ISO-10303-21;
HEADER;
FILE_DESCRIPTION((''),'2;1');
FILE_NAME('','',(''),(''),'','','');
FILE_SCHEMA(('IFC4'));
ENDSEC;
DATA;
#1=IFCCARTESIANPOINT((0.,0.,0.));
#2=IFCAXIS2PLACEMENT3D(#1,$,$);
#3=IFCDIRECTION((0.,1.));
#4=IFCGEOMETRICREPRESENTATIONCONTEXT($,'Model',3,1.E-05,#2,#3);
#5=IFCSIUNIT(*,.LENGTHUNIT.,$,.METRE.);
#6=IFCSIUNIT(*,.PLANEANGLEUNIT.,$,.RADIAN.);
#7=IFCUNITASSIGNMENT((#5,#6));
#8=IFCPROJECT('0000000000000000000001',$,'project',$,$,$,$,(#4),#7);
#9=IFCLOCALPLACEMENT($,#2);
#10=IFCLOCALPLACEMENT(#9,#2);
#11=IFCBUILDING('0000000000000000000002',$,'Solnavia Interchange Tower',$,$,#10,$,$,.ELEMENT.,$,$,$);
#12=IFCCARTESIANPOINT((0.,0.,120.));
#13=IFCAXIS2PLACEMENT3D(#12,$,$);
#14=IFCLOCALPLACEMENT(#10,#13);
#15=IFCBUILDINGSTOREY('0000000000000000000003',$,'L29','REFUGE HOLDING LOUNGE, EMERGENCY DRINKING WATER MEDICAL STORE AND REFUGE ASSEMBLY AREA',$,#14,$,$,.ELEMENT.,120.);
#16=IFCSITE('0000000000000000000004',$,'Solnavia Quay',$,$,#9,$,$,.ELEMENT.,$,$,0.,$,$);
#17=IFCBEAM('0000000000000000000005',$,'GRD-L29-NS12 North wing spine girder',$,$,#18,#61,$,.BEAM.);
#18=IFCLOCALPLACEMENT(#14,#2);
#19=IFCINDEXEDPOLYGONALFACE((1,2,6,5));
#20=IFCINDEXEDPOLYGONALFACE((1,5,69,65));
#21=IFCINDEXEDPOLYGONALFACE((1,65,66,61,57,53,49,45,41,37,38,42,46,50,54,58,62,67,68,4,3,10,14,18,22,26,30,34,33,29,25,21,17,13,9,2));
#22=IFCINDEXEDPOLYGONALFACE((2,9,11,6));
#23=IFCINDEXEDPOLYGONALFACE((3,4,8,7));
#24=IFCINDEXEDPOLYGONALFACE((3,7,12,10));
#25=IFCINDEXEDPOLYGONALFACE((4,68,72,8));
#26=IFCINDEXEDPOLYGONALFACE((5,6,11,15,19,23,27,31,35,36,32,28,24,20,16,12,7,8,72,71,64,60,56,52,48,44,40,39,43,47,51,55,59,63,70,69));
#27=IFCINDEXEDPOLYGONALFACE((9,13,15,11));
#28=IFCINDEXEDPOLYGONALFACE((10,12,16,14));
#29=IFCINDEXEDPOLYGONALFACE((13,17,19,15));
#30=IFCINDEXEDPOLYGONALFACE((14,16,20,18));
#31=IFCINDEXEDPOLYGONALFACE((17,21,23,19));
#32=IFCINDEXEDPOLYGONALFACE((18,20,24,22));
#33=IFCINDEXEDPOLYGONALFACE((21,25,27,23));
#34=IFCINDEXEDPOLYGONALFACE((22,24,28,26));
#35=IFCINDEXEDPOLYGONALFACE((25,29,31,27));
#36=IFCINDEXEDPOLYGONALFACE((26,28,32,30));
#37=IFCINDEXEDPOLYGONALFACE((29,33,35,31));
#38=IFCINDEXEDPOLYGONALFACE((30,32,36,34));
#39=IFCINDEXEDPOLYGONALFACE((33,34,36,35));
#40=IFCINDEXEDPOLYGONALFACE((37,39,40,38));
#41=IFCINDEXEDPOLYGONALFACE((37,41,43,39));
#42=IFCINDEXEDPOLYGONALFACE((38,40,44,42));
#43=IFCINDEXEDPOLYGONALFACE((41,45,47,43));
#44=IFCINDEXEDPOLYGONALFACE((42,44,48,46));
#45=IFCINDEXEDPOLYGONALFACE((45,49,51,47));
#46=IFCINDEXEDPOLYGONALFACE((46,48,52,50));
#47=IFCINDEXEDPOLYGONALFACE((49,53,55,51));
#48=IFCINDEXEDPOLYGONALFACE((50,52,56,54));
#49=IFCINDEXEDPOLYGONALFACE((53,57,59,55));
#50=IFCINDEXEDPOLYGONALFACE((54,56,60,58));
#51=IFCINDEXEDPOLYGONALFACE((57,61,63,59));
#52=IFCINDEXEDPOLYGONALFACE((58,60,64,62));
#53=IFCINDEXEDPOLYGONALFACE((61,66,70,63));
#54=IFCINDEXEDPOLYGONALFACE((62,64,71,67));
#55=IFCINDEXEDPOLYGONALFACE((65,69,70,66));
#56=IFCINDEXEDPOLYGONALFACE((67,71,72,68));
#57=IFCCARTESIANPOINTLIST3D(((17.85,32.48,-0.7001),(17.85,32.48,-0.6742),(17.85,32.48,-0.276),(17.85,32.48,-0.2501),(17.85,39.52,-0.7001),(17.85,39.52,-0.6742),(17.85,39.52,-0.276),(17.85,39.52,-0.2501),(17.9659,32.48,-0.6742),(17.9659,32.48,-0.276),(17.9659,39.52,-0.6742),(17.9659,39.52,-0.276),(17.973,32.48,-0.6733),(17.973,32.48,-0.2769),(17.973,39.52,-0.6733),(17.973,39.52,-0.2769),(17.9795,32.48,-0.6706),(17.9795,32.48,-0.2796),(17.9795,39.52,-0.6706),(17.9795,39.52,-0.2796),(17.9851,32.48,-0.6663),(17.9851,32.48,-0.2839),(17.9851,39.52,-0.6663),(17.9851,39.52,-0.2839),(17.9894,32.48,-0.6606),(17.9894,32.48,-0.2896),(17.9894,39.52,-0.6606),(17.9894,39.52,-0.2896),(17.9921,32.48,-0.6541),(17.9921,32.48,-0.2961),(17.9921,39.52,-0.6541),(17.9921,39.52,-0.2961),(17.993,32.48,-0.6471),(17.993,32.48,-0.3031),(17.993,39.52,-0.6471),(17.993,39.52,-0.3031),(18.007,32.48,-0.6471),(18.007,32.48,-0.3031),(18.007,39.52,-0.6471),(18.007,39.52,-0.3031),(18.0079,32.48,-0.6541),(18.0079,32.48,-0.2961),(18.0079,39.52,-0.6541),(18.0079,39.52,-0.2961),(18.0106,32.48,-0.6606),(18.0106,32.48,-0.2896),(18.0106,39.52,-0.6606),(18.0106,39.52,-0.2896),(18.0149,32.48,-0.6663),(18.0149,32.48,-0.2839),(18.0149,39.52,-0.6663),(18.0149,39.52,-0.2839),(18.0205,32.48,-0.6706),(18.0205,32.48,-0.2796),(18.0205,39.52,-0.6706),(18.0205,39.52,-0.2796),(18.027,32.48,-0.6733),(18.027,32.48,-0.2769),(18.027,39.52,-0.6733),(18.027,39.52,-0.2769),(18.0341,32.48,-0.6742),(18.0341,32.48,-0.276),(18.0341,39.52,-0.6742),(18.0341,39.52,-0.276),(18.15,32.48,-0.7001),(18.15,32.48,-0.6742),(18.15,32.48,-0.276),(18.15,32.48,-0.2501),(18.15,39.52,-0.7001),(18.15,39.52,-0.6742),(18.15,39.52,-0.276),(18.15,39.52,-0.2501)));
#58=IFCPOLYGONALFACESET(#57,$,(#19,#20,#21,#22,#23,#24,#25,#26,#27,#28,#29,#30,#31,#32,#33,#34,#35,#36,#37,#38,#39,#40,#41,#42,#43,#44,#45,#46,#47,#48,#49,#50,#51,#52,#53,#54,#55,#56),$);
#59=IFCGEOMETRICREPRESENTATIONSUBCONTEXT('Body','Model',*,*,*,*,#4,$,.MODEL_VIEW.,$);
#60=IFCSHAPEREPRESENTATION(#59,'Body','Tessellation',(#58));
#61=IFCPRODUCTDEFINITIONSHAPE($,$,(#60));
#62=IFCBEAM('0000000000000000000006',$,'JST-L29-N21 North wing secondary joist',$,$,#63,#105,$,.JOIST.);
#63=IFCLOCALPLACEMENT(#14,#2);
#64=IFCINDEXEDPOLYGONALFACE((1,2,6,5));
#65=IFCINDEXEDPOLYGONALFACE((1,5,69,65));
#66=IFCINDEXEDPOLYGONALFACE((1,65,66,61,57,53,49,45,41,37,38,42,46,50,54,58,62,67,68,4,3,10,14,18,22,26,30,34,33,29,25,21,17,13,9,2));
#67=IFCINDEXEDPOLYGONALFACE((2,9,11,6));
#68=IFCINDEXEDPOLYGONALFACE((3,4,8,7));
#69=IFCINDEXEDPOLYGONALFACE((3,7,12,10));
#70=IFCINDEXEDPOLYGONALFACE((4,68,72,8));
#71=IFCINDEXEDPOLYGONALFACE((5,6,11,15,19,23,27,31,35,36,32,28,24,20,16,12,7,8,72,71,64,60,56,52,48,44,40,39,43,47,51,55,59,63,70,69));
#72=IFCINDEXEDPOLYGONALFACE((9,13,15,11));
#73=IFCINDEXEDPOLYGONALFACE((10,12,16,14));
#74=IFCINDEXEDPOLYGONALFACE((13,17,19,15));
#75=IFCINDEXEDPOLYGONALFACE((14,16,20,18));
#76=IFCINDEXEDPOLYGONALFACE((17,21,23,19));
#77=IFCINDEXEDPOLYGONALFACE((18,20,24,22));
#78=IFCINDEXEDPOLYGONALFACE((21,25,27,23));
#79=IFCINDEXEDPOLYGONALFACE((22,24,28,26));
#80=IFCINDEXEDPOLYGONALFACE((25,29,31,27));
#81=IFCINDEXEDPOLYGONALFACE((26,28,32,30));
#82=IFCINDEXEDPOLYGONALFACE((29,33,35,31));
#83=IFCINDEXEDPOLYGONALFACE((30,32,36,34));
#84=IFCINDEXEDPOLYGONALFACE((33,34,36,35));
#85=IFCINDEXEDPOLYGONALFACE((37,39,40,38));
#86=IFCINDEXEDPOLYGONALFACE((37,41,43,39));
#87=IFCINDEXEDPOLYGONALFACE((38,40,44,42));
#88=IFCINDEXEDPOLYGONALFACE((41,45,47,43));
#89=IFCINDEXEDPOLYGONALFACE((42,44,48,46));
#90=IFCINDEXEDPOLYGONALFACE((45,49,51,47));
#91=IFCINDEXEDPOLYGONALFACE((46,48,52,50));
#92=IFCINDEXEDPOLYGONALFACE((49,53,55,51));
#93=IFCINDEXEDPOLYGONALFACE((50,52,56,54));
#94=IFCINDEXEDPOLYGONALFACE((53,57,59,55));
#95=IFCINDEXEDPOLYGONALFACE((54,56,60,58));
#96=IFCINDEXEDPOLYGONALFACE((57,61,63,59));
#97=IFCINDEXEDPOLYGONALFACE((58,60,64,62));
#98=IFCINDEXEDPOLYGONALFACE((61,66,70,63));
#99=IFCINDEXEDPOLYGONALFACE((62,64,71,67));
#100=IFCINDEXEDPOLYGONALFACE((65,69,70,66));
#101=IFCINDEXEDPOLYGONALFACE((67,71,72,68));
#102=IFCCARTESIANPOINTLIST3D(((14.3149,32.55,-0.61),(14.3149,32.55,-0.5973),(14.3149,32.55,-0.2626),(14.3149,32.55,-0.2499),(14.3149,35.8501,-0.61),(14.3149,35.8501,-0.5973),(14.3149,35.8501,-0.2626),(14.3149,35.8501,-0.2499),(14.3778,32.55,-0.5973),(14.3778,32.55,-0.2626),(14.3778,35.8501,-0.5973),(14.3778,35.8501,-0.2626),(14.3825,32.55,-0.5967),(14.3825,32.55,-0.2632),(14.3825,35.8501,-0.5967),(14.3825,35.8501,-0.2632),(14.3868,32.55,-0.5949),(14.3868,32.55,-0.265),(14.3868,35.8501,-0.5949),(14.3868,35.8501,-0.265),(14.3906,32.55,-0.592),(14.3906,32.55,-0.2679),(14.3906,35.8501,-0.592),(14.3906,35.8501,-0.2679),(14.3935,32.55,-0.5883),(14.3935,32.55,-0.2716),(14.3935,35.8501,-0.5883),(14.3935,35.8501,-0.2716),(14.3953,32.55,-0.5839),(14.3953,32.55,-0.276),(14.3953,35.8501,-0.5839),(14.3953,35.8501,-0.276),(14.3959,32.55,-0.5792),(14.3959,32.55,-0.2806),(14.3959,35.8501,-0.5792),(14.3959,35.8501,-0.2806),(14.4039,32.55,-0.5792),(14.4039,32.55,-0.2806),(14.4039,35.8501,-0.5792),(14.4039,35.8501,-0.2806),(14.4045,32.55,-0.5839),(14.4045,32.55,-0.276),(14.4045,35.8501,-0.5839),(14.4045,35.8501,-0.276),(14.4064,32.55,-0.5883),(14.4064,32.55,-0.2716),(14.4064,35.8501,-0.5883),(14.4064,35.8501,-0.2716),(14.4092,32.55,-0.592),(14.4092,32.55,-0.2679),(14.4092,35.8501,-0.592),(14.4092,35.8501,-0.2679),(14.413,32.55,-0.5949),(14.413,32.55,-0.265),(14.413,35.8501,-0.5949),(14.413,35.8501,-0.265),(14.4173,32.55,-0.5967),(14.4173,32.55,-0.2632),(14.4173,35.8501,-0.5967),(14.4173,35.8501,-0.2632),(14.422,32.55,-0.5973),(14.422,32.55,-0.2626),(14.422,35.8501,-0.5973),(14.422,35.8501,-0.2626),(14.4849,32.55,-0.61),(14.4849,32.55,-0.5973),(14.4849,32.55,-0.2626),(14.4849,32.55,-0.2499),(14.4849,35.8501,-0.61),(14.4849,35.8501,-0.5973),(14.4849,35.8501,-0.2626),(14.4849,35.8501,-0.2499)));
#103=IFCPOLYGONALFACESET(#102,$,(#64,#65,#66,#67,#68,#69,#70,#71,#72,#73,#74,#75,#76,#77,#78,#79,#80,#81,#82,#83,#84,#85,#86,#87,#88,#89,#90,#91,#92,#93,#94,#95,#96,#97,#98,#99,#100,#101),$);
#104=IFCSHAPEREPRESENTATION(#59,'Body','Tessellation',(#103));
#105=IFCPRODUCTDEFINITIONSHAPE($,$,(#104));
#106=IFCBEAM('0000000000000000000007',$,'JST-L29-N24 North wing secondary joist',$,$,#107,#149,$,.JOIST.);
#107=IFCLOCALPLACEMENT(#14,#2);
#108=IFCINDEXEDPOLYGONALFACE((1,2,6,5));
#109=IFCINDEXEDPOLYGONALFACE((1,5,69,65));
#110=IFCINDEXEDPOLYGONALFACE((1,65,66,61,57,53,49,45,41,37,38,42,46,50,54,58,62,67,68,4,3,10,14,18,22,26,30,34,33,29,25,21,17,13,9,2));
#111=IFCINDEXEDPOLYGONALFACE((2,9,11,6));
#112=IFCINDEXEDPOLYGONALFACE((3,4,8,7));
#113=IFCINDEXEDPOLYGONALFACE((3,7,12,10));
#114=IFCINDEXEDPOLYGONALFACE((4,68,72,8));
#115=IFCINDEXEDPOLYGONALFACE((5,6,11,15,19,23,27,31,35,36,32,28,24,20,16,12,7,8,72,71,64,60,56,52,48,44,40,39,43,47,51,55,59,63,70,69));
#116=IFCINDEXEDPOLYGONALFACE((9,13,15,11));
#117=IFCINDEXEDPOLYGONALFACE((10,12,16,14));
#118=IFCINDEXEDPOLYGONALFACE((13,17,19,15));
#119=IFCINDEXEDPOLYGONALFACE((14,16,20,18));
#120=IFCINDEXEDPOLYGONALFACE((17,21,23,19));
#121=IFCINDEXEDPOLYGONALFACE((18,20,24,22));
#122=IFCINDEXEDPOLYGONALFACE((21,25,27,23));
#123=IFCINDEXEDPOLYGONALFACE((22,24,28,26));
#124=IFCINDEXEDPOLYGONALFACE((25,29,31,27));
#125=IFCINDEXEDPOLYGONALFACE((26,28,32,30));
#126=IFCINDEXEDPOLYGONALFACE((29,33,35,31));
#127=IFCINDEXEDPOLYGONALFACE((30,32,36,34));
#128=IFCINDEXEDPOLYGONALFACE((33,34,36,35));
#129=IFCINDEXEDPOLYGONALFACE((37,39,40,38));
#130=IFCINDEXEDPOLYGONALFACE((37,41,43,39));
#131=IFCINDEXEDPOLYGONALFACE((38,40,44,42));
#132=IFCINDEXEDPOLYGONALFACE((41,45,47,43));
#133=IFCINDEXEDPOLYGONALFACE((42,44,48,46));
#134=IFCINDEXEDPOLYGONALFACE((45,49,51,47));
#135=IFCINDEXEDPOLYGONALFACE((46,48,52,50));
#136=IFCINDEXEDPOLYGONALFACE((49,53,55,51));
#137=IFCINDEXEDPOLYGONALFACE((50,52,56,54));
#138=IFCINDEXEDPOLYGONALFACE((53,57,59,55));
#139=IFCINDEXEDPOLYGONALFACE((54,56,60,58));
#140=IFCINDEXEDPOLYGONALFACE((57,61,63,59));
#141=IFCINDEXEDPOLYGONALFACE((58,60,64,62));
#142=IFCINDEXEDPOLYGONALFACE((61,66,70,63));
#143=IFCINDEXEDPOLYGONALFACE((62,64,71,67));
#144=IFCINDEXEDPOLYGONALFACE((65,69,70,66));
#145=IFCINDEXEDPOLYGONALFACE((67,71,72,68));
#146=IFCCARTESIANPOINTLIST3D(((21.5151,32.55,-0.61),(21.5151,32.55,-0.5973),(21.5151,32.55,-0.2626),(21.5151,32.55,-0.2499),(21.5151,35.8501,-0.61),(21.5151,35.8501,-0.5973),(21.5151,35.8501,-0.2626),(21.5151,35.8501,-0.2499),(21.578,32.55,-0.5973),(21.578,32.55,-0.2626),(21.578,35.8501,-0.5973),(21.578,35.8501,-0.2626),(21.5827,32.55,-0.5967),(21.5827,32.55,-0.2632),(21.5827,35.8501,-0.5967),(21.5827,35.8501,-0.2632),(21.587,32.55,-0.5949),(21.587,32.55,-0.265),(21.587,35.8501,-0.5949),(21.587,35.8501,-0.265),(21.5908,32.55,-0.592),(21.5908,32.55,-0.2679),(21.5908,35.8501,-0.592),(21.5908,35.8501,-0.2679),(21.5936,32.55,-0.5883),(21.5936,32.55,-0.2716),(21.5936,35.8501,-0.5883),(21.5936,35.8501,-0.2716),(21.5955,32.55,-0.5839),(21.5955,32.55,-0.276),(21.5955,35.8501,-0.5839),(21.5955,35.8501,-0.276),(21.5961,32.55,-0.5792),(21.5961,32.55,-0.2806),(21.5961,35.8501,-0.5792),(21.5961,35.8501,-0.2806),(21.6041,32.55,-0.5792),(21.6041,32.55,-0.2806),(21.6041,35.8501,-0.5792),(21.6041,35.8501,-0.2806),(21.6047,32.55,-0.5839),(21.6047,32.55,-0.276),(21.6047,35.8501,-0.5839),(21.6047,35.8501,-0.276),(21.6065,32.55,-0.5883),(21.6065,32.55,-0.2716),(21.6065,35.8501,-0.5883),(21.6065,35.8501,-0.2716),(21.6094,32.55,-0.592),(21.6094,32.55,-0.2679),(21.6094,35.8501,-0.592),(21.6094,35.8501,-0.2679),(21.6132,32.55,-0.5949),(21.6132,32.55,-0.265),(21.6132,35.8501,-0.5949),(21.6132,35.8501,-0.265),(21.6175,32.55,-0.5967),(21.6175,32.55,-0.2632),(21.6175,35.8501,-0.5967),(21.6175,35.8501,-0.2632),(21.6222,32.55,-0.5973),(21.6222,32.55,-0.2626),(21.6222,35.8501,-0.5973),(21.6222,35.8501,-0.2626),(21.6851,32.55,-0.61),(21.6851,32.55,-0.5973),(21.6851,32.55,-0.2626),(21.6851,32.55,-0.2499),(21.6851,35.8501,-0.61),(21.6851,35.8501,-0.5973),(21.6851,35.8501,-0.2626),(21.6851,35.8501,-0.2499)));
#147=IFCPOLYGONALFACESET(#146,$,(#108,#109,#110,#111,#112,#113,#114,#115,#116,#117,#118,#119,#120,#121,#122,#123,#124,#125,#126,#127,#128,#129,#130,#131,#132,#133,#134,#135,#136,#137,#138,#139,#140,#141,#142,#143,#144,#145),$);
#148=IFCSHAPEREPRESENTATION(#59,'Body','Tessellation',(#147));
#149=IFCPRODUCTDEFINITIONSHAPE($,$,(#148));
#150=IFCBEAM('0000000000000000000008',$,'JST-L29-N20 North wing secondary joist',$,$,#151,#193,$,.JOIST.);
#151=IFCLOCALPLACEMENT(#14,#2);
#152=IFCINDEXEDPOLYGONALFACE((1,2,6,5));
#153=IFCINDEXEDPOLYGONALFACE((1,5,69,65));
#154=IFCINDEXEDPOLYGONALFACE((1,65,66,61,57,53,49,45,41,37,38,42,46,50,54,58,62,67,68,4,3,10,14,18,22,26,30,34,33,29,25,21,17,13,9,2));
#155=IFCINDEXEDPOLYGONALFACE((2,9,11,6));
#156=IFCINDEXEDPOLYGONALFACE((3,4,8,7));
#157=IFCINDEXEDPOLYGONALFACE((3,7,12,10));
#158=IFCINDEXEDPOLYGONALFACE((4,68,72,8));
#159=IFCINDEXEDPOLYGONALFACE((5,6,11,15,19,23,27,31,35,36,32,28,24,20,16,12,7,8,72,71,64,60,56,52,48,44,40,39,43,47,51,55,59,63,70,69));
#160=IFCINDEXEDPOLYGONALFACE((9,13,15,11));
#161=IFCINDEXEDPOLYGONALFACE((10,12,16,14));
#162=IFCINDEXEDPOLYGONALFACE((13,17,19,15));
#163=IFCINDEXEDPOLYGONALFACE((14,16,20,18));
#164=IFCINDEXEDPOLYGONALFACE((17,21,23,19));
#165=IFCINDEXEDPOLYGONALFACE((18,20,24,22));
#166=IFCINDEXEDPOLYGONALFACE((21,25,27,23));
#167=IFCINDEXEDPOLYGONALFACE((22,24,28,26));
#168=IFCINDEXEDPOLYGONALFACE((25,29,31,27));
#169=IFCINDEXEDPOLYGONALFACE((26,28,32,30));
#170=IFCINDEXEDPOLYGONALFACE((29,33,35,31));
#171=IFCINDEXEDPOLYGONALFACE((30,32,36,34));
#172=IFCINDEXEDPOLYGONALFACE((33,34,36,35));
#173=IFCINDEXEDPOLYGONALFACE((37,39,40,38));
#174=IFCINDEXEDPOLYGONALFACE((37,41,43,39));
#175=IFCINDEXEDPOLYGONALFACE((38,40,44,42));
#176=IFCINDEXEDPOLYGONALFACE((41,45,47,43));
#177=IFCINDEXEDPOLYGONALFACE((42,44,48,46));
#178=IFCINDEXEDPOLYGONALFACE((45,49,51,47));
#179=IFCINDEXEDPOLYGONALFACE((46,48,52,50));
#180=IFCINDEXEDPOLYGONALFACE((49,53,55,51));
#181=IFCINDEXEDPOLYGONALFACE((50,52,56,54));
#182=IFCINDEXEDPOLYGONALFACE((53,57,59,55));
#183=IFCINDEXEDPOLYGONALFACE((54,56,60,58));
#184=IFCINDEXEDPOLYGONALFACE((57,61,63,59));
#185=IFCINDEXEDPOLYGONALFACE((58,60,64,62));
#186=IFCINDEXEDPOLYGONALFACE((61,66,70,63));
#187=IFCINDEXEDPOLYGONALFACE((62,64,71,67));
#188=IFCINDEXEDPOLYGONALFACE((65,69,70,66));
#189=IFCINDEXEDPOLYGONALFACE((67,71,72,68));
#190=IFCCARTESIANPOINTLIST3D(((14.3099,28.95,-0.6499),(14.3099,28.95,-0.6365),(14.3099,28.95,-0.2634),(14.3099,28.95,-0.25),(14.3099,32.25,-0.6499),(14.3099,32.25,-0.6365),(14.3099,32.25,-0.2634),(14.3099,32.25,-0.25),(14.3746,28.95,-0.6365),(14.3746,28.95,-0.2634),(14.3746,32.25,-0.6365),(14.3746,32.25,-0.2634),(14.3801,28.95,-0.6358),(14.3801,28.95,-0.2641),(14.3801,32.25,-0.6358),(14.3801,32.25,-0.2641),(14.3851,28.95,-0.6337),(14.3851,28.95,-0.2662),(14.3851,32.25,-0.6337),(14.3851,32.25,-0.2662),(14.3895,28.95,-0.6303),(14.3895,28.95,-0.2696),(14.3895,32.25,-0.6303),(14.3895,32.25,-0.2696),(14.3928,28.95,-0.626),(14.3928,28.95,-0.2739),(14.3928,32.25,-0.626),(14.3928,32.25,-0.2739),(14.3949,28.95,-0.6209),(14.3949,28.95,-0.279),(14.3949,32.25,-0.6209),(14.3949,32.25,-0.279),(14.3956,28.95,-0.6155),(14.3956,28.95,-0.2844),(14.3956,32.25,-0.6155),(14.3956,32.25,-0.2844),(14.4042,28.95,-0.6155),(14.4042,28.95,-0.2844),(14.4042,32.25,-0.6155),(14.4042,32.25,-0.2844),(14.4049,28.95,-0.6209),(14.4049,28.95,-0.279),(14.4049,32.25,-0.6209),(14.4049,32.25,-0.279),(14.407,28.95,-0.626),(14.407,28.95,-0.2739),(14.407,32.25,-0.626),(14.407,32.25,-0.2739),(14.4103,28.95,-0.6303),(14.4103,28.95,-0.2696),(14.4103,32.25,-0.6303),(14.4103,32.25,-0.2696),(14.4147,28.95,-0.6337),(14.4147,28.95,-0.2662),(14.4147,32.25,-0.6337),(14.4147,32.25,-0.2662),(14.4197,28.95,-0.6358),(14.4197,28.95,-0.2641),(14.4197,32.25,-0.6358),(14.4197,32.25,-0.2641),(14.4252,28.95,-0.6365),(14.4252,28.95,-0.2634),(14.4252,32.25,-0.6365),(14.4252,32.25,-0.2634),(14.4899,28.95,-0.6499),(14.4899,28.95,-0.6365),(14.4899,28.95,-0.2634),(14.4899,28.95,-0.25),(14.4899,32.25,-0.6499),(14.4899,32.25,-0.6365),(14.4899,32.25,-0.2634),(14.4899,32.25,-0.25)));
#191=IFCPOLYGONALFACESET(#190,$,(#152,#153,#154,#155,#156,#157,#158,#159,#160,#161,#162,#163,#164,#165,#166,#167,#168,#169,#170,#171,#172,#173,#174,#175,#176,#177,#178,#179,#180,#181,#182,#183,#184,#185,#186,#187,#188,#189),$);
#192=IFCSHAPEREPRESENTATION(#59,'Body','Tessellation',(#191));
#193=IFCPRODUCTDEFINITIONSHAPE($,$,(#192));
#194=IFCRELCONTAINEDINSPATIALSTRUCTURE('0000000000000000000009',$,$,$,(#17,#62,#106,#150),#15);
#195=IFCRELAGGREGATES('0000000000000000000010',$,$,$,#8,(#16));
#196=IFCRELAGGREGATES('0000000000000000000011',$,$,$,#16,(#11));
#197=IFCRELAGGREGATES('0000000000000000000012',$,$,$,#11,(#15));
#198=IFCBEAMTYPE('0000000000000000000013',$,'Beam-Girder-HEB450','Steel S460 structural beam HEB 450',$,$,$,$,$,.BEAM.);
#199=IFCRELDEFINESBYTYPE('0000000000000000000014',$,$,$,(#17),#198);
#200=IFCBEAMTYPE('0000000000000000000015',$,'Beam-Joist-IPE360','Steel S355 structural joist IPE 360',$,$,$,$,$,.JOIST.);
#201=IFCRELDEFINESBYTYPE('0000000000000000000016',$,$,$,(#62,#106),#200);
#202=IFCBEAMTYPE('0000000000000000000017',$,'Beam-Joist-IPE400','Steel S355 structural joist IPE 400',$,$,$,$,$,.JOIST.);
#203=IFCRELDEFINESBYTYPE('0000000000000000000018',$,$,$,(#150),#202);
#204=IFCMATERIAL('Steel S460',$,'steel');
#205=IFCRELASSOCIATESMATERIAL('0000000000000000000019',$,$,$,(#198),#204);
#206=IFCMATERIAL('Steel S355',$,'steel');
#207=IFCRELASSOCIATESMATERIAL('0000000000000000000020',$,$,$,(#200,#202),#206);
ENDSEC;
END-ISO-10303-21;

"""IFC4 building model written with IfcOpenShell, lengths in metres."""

from ifc_helpers import new_model, si_unit, direction, frame, origin, origin_2d, place, context, subcontext, project, spatial, i_section, extrude, material, material_profile, profile_set, type_object, element, save


model = new_model("IFC4")

# Units and contexts
model_context = context("Model", 3, precision=1e-05, world=origin(), true_north=direction((0.0, 1.0)))
body_context = subcontext(model_context, "Body", "Model", "MODEL_VIEW")
ifc_project = project(units=[si_unit("LENGTHUNIT", "METRE"), si_unit("PLANEANGLEUNIT", "RADIAN")], contexts=[model_context])

# Site, building, storey
site_placement = place(None, origin())
site = spatial("IfcSite", under=ifc_project, at=site_placement, Name="Solnavia Quay", CompositionType="ELEMENT", RefElevation=0.0)
building_placement = place(site_placement, origin())
building = spatial("IfcBuilding", under=site, at=building_placement, Name="Solnavia Interchange Tower", CompositionType="ELEMENT")
storey_placement = place(building_placement, frame((0.0, 0.0, 120.0)))
storey = spatial("IfcBuildingStorey", under=building, at=storey_placement, Name="L29", Description="REFUGE HOLDING LOUNGE, EMERGENCY DRINKING WATER MEDICAL STORE AND REFUGE ASSEMBLY AREA", CompositionType="ELEMENT", Elevation=120.0)

# Shared definitions
ifc_material_1 = material(Name="Steel S355", Category="steel")

# Beams
ifc_material_2 = material(Name="Steel S460", Category="steel")
ifc_material_profile_1 = material_profile(ifc_material_2, i_section(OverallWidth=0.3, OverallDepth=0.45, WebThickness=0.0139, FlangeThickness=0.0259, FilletRadius=0.0271, at=origin_2d()), Name="HEB 450")
ifc_profile_set_1 = profile_set([ifc_material_profile_1], Name="Steel S460")
beam_type_1 = type_object("IfcBeamType", Name="Beam-Girder-HEB450", Description="Steel S460 structural beam HEB 450", PredefinedType="BEAM", material=ifc_profile_set_1)
for number, where, z_axis, x_axis, name in (
    (1, (18.0, 32.48, -0.4751), (0.0, 1.0, 0.0), (-1.0, 0.0, 0.0), "GRD-L29-NS12 North wing spine girder"),
):
    element("IfcBeam", number, at=place(storey_placement, frame(where, z_axis=z_axis, x_axis=x_axis)), inside=storey, type_object=beam_type_1, Name=name, PredefinedType="BEAM", context=body_context, shape_type="SweptSolid", body=[
        extrude(i_section(OverallWidth=0.3, OverallDepth=0.45, WebThickness=0.0139, FlangeThickness=0.0259, FilletRadius=0.0271, at=origin_2d()), origin(), (0.0, 0.0, 1.0), 7.04),
    ])
ifc_material_profile_2 = material_profile(ifc_material_1, i_section(OverallWidth=0.1699, OverallDepth=0.3601, WebThickness=0.0081, FlangeThickness=0.0127, FilletRadius=0.0181, at=origin_2d()), Name="IPE 360")
ifc_profile_set_2 = profile_set([ifc_material_profile_2], Name="Steel S355")
beam_type_2 = type_object("IfcBeamType", Name="Beam-Joist-IPE360", Description="Steel S355 structural joist IPE 360", PredefinedType="JOIST", material=ifc_profile_set_2)
for number, where, z_axis, x_axis, name in (
    (2, (14.3999, 32.55, -0.4299), (0.0, 1.0, 0.0), (-1.0, 0.0, 0.0), "JST-L29-N21 North wing secondary joist"),
    (3, (21.6001, 32.55, -0.4299), (0.0, 1.0, 0.0), (-1.0, 0.0, 0.0), "JST-L29-N24 North wing secondary joist"),
):
    element("IfcBeam", number, at=place(storey_placement, frame(where, z_axis=z_axis, x_axis=x_axis)), inside=storey, type_object=beam_type_2, Name=name, PredefinedType="JOIST", context=body_context, shape_type="SweptSolid", body=[
        extrude(i_section(OverallWidth=0.1699, OverallDepth=0.3601, WebThickness=0.0081, FlangeThickness=0.0127, FilletRadius=0.0181, at=origin_2d()), origin(), (0.0, 0.0, 1.0), 3.3),
    ])
ifc_material_profile_3 = material_profile(ifc_material_1, i_section(OverallWidth=0.1799, OverallDepth=0.3999, WebThickness=0.0085, FlangeThickness=0.0134, FilletRadius=0.021, at=origin_2d()), Name="IPE 400")
ifc_profile_set_3 = profile_set([ifc_material_profile_3], Name="Steel S355")
beam_type_3 = type_object("IfcBeamType", Name="Beam-Joist-IPE400", Description="Steel S355 structural joist IPE 400", PredefinedType="JOIST", material=ifc_profile_set_3)
for number, where, z_axis, x_axis, name in (
    (4, (14.3999, 28.95, -0.45), (0.0, 1.0, 0.0), (-1.0, 0.0, 0.0), "JST-L29-N20 North wing secondary joist"),
):
    element("IfcBeam", number, at=place(storey_placement, frame(where, z_axis=z_axis, x_axis=x_axis)), inside=storey, type_object=beam_type_3, Name=name, PredefinedType="JOIST", context=body_context, shape_type="SweptSolid", body=[
        extrude(i_section(OverallWidth=0.1799, OverallDepth=0.3999, WebThickness=0.0085, FlangeThickness=0.0134, FilletRadius=0.021, at=origin_2d()), origin(), (0.0, 0.0, 1.0), 3.3),
    ])

save(model, "model.ifc")
